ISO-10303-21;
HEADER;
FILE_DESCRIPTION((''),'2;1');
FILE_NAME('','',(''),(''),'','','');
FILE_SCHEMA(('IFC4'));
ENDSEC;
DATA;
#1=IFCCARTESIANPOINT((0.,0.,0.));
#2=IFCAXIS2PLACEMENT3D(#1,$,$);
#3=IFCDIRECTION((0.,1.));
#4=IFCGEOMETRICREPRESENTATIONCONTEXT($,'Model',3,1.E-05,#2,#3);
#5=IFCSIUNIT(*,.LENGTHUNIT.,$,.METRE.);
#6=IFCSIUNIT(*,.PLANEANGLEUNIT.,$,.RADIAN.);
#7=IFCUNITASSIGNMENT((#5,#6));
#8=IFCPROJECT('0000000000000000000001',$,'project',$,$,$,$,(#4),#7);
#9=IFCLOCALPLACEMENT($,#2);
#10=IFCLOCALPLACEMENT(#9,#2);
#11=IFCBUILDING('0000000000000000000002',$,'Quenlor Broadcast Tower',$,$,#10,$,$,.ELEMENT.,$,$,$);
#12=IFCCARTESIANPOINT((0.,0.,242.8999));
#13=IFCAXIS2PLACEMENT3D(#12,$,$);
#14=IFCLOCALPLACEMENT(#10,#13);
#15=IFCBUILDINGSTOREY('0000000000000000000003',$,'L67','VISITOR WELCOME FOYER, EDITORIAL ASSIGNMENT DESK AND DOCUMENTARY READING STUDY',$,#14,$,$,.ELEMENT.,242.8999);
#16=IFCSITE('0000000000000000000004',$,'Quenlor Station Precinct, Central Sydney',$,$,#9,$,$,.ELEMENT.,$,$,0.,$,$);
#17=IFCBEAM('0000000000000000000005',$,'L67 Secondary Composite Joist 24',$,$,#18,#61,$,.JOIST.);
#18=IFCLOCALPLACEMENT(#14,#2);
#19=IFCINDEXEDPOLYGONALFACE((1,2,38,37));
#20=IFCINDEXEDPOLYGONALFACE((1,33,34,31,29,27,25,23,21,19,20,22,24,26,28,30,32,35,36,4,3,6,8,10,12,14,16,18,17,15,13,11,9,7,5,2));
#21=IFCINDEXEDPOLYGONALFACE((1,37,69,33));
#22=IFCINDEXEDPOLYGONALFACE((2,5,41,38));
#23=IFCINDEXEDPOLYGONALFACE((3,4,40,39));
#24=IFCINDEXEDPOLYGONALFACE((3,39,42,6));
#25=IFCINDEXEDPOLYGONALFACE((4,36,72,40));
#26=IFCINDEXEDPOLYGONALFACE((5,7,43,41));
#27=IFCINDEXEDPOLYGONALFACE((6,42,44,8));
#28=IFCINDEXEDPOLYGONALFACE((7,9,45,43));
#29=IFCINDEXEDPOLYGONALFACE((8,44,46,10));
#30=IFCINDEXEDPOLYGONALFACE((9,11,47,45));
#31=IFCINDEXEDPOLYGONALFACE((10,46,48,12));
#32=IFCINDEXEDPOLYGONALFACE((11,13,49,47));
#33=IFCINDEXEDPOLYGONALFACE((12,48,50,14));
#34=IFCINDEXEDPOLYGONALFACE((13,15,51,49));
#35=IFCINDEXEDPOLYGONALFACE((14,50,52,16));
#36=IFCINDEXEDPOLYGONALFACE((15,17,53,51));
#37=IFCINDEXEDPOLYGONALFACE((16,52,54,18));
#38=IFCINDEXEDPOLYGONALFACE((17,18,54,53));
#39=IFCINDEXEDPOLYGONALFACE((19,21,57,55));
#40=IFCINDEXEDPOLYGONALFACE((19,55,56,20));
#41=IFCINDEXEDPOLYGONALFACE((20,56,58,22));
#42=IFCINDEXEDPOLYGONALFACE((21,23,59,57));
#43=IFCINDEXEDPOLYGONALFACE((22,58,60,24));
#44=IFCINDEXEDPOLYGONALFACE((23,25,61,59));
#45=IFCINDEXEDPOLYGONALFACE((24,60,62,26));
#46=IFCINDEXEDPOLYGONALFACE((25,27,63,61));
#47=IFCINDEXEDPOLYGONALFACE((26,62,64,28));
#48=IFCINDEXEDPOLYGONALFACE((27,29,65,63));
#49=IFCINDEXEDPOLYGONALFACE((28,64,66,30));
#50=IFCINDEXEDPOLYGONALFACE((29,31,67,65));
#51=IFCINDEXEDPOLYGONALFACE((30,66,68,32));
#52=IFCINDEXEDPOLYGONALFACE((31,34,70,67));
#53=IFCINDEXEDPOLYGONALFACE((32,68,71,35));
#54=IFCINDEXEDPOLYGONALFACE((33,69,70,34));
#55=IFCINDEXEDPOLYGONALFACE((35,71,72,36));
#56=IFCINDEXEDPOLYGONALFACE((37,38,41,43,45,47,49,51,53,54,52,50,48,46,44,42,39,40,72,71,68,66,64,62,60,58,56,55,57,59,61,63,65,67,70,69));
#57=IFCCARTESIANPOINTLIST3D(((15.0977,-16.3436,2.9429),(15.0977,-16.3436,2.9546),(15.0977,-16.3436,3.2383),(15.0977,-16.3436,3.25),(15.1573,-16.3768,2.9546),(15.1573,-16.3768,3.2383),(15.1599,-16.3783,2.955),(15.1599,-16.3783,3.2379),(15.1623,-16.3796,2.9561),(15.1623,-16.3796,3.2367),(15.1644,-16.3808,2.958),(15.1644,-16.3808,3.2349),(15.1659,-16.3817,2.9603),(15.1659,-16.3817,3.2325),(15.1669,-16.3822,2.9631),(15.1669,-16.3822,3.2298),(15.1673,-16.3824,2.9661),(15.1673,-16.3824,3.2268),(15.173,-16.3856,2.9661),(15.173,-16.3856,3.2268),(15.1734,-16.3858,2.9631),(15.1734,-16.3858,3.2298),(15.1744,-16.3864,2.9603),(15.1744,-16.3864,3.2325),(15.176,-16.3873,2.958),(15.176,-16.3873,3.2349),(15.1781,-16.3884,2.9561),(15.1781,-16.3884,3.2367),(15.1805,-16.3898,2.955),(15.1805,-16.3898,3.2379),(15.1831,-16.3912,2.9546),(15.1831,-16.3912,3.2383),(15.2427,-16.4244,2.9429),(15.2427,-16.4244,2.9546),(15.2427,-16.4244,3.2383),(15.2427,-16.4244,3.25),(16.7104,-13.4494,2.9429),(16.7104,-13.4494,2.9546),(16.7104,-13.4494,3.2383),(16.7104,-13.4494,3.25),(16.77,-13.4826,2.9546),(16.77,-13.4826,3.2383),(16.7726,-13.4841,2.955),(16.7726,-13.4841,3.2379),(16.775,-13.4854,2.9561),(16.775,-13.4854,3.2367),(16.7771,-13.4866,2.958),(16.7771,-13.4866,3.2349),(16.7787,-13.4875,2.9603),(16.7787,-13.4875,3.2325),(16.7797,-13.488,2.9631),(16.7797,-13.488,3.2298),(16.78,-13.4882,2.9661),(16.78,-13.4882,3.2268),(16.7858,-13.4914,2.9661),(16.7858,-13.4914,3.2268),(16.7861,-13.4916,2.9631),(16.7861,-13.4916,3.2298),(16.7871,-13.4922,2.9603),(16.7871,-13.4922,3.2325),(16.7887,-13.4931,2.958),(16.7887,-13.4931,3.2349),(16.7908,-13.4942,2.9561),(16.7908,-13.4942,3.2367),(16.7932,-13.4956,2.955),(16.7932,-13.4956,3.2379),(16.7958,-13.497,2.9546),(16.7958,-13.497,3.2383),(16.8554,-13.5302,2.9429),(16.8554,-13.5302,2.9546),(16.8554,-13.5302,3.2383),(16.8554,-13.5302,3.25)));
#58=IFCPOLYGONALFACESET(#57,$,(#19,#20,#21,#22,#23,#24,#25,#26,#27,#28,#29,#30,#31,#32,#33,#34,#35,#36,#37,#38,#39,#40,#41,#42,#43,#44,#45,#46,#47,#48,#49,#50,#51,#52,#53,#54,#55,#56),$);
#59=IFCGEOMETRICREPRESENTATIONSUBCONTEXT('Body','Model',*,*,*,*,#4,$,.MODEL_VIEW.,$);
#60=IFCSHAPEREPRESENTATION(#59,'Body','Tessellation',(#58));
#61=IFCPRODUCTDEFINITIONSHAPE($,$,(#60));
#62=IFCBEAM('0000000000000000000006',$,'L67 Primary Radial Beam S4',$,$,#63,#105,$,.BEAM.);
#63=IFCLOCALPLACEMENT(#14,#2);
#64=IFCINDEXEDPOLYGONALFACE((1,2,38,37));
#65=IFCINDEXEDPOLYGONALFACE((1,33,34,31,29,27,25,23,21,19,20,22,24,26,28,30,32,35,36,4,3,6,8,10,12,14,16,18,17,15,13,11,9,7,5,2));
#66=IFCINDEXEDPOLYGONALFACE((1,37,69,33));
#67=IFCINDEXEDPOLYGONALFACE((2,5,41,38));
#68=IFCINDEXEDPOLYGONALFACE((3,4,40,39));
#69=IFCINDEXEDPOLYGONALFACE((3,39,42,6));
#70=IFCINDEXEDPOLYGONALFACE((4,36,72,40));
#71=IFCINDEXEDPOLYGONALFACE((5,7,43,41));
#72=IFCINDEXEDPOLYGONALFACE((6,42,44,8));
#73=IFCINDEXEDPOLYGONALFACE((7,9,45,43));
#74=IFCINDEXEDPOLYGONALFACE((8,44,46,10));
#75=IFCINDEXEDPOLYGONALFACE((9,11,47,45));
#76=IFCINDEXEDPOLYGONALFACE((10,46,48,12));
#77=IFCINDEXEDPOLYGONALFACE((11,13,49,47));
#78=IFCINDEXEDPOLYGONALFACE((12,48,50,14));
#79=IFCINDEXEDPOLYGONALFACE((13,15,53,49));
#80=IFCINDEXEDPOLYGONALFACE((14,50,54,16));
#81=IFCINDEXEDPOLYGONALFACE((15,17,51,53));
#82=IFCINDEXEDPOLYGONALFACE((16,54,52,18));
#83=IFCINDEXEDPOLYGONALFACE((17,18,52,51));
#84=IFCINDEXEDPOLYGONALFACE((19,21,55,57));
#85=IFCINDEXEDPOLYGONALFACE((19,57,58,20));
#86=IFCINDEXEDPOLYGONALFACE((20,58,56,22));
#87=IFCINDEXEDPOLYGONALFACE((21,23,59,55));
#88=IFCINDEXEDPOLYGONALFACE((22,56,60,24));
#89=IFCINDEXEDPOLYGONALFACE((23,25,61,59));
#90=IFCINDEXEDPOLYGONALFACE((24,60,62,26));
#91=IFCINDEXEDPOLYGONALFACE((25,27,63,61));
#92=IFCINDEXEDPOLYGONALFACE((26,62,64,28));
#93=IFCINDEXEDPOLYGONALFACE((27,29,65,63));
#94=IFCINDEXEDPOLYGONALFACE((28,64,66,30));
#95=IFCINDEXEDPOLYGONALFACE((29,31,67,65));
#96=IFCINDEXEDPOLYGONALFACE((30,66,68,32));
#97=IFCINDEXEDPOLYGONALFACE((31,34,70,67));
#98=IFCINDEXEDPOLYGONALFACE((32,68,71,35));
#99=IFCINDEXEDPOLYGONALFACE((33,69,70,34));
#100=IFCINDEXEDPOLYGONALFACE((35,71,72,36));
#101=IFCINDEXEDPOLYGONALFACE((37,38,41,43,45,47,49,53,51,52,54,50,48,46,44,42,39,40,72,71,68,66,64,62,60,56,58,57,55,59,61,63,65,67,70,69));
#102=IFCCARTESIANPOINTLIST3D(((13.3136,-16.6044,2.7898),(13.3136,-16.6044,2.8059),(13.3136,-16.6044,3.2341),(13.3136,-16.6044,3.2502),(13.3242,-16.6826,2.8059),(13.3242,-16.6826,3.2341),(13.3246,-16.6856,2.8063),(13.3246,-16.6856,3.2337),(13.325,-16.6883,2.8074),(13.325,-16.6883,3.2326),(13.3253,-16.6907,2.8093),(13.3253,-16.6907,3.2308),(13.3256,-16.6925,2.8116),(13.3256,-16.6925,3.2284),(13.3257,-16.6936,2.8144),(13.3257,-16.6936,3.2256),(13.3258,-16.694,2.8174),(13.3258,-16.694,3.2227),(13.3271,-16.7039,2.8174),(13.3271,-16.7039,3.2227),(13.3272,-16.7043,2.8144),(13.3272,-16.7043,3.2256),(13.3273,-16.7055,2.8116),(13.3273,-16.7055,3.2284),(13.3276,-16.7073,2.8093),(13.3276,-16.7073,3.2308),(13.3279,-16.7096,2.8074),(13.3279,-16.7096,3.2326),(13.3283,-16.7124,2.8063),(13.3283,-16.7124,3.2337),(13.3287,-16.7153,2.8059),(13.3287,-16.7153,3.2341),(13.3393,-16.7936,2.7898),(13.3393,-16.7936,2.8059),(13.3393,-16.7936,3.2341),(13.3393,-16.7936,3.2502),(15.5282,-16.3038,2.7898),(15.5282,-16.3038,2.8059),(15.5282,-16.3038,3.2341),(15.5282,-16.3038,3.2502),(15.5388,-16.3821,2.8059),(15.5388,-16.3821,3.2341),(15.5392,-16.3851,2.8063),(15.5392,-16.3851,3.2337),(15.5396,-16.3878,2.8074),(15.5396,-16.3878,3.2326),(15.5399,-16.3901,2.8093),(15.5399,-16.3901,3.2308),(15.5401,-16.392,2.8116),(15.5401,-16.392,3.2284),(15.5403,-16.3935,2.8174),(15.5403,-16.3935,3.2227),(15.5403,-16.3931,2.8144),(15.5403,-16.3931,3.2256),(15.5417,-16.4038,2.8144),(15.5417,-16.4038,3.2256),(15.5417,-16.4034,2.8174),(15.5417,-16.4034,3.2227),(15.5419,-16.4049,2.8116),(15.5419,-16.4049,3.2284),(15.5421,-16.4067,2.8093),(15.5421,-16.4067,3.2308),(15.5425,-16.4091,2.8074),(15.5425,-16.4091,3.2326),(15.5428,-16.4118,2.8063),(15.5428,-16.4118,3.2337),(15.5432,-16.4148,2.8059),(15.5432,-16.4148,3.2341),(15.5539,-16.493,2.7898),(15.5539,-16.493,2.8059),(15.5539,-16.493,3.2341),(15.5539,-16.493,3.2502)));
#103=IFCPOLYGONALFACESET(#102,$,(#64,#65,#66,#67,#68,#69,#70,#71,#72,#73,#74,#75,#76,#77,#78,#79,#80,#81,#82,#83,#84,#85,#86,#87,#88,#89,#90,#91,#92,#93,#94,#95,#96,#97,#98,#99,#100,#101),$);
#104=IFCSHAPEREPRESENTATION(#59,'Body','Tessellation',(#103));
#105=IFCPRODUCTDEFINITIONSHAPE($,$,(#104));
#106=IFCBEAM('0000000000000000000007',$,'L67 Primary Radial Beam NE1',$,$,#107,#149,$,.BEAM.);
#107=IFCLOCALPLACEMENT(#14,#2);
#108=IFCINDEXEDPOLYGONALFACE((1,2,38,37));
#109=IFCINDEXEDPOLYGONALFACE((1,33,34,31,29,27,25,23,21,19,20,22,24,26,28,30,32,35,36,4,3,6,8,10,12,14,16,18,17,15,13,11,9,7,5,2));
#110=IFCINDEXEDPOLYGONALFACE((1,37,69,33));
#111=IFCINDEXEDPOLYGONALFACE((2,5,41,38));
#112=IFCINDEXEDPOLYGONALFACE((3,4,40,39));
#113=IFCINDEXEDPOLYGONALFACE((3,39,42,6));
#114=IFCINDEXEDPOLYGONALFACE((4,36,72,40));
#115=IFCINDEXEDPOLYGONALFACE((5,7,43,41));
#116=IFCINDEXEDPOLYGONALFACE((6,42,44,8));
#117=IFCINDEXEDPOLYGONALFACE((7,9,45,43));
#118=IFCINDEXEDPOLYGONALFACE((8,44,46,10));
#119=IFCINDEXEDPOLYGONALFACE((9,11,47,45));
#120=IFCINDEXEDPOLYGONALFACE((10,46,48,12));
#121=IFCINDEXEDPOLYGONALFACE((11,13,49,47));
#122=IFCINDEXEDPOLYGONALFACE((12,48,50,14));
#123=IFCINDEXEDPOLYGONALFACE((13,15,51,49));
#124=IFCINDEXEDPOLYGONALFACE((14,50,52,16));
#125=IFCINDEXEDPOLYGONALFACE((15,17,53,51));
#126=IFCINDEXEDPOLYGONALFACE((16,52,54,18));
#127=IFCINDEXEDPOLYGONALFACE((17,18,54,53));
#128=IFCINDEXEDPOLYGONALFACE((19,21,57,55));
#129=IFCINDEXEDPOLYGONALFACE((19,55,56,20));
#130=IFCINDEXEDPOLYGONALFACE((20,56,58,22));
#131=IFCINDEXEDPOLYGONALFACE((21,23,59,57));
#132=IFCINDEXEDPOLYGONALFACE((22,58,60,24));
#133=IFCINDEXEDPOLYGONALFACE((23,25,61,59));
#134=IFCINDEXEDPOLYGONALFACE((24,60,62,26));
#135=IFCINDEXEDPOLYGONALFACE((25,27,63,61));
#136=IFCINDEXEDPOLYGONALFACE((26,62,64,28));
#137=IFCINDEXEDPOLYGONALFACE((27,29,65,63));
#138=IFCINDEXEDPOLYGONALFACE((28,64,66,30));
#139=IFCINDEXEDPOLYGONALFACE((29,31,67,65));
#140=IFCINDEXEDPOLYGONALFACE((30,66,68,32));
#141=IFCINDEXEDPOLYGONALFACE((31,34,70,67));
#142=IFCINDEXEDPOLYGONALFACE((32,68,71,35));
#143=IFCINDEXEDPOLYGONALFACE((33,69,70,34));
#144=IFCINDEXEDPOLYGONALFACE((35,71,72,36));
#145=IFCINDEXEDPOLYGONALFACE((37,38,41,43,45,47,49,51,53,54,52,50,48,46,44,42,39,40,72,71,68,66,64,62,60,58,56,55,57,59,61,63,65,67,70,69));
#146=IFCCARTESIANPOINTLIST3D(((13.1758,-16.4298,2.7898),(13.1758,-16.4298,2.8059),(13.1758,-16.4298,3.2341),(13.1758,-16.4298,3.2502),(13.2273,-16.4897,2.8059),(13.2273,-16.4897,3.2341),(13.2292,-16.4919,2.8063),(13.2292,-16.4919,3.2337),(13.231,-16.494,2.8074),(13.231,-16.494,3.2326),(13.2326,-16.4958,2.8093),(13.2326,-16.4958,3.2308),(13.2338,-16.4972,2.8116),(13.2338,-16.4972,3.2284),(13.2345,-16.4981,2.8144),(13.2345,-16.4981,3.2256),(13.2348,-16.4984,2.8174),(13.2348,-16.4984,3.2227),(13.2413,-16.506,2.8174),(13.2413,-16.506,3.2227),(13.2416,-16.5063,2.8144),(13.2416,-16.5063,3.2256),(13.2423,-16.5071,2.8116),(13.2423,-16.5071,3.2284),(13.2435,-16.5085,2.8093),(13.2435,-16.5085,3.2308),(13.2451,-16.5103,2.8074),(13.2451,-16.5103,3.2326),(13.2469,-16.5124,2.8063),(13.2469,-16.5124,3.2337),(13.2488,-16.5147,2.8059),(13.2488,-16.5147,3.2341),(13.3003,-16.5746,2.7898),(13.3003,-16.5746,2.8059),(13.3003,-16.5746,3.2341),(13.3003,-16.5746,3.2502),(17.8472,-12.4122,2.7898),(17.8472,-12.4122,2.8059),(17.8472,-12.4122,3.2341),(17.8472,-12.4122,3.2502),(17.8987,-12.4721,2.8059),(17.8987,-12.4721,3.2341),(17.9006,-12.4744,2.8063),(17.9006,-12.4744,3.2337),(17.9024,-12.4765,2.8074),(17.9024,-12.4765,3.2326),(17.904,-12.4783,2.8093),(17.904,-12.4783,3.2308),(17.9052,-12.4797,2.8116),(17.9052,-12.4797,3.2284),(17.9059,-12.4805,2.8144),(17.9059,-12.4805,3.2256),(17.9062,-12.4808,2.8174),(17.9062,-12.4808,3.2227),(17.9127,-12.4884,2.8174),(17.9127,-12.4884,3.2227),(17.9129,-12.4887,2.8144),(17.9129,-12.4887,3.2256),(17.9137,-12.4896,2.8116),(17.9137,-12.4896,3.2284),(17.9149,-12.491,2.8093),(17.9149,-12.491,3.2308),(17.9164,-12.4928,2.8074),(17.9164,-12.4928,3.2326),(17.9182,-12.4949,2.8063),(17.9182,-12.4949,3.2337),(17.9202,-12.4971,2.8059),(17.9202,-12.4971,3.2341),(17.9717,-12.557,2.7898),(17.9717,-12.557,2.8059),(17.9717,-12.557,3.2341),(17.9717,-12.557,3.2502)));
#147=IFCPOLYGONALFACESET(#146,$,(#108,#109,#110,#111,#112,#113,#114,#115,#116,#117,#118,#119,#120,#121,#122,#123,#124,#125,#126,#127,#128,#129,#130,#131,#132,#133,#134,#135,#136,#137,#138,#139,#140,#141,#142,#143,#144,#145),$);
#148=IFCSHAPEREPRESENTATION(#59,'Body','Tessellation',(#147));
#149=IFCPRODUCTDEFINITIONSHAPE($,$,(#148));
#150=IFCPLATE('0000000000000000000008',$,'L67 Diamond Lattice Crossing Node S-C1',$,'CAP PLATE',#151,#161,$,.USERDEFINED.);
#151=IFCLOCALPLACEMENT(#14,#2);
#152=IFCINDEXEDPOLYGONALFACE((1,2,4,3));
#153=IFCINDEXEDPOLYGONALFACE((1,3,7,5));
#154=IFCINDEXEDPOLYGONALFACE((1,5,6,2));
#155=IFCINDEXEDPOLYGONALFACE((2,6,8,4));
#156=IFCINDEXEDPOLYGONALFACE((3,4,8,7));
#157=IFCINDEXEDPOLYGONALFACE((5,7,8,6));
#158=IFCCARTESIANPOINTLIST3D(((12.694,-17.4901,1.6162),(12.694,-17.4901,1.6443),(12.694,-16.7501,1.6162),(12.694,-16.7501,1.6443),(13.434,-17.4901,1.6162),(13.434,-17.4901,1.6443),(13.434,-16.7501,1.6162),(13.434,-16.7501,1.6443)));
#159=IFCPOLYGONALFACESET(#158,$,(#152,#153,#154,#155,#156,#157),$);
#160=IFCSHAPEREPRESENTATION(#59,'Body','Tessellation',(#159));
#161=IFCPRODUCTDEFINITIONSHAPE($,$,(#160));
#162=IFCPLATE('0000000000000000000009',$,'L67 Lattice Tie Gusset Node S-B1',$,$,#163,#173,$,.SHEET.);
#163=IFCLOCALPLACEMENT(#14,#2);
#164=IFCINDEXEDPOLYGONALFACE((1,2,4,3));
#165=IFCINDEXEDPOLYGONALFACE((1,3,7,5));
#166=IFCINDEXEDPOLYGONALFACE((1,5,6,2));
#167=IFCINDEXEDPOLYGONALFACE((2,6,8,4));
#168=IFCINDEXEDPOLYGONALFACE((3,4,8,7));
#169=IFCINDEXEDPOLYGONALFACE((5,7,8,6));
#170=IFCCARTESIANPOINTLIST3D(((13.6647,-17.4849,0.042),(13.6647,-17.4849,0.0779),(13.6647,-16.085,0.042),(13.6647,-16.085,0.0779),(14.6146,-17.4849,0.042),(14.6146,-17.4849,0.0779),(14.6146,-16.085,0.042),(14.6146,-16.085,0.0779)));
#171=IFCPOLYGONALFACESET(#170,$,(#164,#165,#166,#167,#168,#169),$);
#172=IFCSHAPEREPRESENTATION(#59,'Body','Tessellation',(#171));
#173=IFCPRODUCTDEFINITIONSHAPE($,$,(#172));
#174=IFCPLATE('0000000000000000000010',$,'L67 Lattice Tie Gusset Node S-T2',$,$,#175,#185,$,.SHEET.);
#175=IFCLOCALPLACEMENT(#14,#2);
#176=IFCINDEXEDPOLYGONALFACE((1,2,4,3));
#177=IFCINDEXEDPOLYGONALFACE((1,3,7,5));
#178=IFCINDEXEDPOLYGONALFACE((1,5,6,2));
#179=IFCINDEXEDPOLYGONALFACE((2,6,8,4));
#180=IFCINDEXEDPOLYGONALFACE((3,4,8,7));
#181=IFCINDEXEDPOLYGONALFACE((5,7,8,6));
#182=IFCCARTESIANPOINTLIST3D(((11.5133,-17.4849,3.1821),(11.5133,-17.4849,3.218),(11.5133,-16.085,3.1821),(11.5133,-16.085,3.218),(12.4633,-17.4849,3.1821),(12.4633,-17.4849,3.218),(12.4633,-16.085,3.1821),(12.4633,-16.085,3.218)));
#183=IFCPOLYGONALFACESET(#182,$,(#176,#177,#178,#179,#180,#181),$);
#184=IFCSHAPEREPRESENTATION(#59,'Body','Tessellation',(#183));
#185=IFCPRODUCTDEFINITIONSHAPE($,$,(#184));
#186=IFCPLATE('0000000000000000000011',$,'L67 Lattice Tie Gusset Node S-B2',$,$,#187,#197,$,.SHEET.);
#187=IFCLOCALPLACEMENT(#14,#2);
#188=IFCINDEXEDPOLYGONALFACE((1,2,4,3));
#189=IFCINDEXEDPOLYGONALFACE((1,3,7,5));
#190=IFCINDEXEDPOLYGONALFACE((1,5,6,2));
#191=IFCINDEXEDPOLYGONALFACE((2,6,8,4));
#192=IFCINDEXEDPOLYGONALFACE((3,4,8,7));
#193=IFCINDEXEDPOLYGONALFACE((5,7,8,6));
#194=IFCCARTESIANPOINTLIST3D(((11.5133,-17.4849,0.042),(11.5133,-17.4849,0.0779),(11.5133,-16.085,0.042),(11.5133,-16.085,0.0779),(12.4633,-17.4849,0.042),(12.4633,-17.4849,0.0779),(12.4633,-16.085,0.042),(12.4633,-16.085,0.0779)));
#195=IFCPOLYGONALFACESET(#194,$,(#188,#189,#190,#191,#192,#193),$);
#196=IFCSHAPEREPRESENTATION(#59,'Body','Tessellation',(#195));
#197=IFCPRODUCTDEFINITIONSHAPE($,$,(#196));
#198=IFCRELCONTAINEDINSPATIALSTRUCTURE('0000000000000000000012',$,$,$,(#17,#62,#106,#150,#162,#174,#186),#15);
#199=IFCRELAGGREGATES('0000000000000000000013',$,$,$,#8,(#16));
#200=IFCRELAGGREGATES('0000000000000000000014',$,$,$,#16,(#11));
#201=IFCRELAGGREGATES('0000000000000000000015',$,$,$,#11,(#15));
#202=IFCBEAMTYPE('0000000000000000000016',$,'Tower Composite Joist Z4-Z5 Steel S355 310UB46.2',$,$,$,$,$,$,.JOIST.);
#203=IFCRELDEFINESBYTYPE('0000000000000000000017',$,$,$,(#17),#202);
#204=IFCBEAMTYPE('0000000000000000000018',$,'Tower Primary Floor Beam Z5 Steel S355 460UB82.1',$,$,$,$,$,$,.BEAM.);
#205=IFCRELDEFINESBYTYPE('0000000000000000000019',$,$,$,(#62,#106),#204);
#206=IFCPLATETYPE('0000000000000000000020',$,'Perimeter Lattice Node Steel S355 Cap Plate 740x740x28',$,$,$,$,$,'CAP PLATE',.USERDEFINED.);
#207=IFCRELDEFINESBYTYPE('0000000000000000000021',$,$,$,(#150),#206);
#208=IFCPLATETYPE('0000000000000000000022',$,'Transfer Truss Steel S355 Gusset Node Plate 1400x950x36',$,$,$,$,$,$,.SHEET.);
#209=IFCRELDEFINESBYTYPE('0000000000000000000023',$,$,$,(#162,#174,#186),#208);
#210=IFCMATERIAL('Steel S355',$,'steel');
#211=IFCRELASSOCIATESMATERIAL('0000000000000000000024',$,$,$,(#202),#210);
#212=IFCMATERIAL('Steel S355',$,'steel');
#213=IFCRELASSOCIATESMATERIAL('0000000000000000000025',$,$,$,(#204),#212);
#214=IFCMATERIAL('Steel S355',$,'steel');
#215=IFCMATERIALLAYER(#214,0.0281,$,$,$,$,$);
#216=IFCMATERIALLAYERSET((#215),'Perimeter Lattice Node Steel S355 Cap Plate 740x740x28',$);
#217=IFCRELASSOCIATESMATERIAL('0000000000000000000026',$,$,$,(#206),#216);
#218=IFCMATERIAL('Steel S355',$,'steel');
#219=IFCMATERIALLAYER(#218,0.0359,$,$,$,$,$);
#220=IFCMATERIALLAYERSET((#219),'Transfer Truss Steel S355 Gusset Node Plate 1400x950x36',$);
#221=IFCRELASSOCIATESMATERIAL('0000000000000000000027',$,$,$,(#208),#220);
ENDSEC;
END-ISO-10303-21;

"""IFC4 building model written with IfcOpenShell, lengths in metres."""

from ifc_helpers import new_model, si_unit, direction, frame, origin, origin_2d, place, context, subcontext, project, spatial, rectangle, i_section, extrude, material, layer, layer_set, material_profile, profile_set, type_object, element, save


model = new_model("IFC4")

# Units and contexts
model_context = context("Model", 3, precision=1e-05, world=origin(), true_north=direction((0.0, 1.0)))
body_context = subcontext(model_context, "Body", "Model", "MODEL_VIEW")
ifc_project = project(units=[si_unit("LENGTHUNIT", "METRE"), si_unit("PLANEANGLEUNIT", "RADIAN")], contexts=[model_context])

# Site, building, storey
site_placement = place(None, origin())
site = spatial("IfcSite", under=ifc_project, at=site_placement, Name="Quenlor Station Precinct, Central Sydney", CompositionType="ELEMENT", RefElevation=0.0)
building_placement = place(site_placement, origin())
building = spatial("IfcBuilding", under=site, at=building_placement, Name="Quenlor Broadcast Tower", CompositionType="ELEMENT")
storey_placement = place(building_placement, frame((0.0, 0.0, 242.8999)))
storey = spatial("IfcBuildingStorey", under=building, at=storey_placement, Name="L67", Description="VISITOR WELCOME FOYER, EDITORIAL ASSIGNMENT DESK AND DOCUMENTARY READING STUDY", CompositionType="ELEMENT", Elevation=242.8999)

# Beams
ifc_material_1 = material(Name="Steel S355", Category="steel")
ifc_material_profile_1 = material_profile(ifc_material_1, i_section(OverallWidth=0.166, OverallDepth=0.3071, WebThickness=0.0066, FlangeThickness=0.0117, FilletRadius=0.0115, at=origin_2d()))
ifc_profile_set_1 = profile_set([ifc_material_profile_1], Name="Steel S355 310UB46.2")
beam_type_1 = type_object("IfcBeamType", Name="Tower Composite Joist Z4-Z5 Steel S355 310UB46.2", PredefinedType="JOIST", material=ifc_profile_set_1)
beam_1_placement = place(storey_placement, frame((15.1702, -16.384, 3.0964), z_axis=(0.486762, 0.873534, 0.0), x_axis=(-0.873534, 0.486762, 0.0)))
element("IfcBeam", 1, at=beam_1_placement, inside=storey, type_object=beam_type_1, Name="L67 Secondary Composite Joist 24", PredefinedType="JOIST", context=body_context, shape_type="SweptSolid", body=[
    extrude(i_section(OverallWidth=0.166, OverallDepth=0.3071, WebThickness=0.0066, FlangeThickness=0.0117, FilletRadius=0.0115, at=origin_2d()), origin(), (0.0, 0.0, 1.0), 3.3132),
])
ifc_material_2 = material(Name="Steel S355", Category="steel")
ifc_material_profile_2 = material_profile(ifc_material_2, i_section(OverallWidth=0.1909, OverallDepth=0.4604, WebThickness=0.01, FlangeThickness=0.0161, FilletRadius=0.0115, at=origin_2d()))
ifc_profile_set_2 = profile_set([ifc_material_profile_2], Name="Steel S355 460UB82.1")
beam_type_2 = type_object("IfcBeamType", Name="Tower Primary Floor Beam Z5 Steel S355 460UB82.1", PredefinedType="BEAM", material=ifc_profile_set_2)
beam_2_placement = place(storey_placement, frame((15.541, -16.3984, 3.02), z_axis=(-0.990917, -0.134475, 0.0), x_axis=(0.134475, -0.990917, 0.0)))
element("IfcBeam", 2, at=beam_2_placement, inside=storey, type_object=beam_type_2, Name="L67 Primary Radial Beam S4", PredefinedType="BEAM", context=body_context, shape_type="SweptSolid", body=[
    extrude(i_section(OverallWidth=0.1909, OverallDepth=0.4604, WebThickness=0.01, FlangeThickness=0.0161, FilletRadius=0.0115, at=origin_2d()), origin(), (0.0, 0.0, 1.0), 2.2349),
])
beam_3_placement = place(storey_placement, frame((17.9094, -12.4846, 3.02), z_axis=(-0.75817, -0.652057, 0.0), x_axis=(0.652057, -0.75817, 0.0)))
element("IfcBeam", 3, at=beam_3_placement, inside=storey, type_object=beam_type_2, Name="L67 Primary Radial Beam NE1", PredefinedType="BEAM", context=body_context, shape_type="SweptSolid", body=[
    extrude(i_section(OverallWidth=0.1909, OverallDepth=0.4604, WebThickness=0.01, FlangeThickness=0.0161, FilletRadius=0.0115, at=origin_2d()), origin(), (0.0, 0.0, 1.0), 6.1614),
])

# Plates
ifc_material_3 = material(Name="Steel S355", Category="steel")
ifc_layer_1 = layer(ifc_material_3, 0.0281)
ifc_layer_set_1 = layer_set([ifc_layer_1], Name="Perimeter Lattice Node Steel S355 Cap Plate 740x740x28")
plate_type_1 = type_object("IfcPlateType", Name="Perimeter Lattice Node Steel S355 Cap Plate 740x740x28", ElementType="CAP PLATE", PredefinedType="USERDEFINED", material=ifc_layer_set_1)
plate_placement = place(storey_placement, frame((13.064, -17.1201, 1.6162), z_axis=(0.0, 0.0, 1.0), x_axis=(-1.0, 0.0, 0.0)))
element("IfcPlate", 4, at=plate_placement, inside=storey, type_object=plate_type_1, Name="L67 Diamond Lattice Crossing Node S-C1", ObjectType="CAP PLATE", PredefinedType="USERDEFINED", context=body_context, shape_type="SweptSolid", body=[
    extrude(rectangle(XDim=0.74, YDim=0.74, at=origin_2d()), origin(), (0.0, 0.0, 1.0), 0.0281),
])
ifc_material_4 = material(Name="Steel S355", Category="steel")
ifc_layer_2 = layer(ifc_material_4, 0.0359)
ifc_layer_set_2 = layer_set([ifc_layer_2], Name="Transfer Truss Steel S355 Gusset Node Plate 1400x950x36")
plate_type_2 = type_object("IfcPlateType", Name="Transfer Truss Steel S355 Gusset Node Plate 1400x950x36", PredefinedType="SHEET", material=ifc_layer_set_2)
for number, where, z_axis, x_axis, name in (
    (5, (14.1396, -16.7849, 0.042), (0.0, 0.0, 1.0), (0.0, -1.0, 0.0), "L67 Lattice Tie Gusset Node S-B1"),
    (6, (11.9883, -16.7849, 3.1821), (0.0, 0.0, 1.0), (0.0, -1.0, 0.0), "L67 Lattice Tie Gusset Node S-T2"),
    (7, (11.9883, -16.7849, 0.042), (0.0, 0.0, 1.0), (0.0, -1.0, 0.0), "L67 Lattice Tie Gusset Node S-B2"),
):
    element("IfcPlate", number, at=place(storey_placement, frame(where, z_axis=z_axis, x_axis=x_axis)), inside=storey, type_object=plate_type_2, Name=name, PredefinedType="SHEET", context=body_context, shape_type="SweptSolid", body=[
        extrude(rectangle(XDim=1.3999, YDim=0.95, at=origin_2d()), origin(), (0.0, 0.0, 1.0), 0.0359),
    ])

save(model, "model.ifc")
